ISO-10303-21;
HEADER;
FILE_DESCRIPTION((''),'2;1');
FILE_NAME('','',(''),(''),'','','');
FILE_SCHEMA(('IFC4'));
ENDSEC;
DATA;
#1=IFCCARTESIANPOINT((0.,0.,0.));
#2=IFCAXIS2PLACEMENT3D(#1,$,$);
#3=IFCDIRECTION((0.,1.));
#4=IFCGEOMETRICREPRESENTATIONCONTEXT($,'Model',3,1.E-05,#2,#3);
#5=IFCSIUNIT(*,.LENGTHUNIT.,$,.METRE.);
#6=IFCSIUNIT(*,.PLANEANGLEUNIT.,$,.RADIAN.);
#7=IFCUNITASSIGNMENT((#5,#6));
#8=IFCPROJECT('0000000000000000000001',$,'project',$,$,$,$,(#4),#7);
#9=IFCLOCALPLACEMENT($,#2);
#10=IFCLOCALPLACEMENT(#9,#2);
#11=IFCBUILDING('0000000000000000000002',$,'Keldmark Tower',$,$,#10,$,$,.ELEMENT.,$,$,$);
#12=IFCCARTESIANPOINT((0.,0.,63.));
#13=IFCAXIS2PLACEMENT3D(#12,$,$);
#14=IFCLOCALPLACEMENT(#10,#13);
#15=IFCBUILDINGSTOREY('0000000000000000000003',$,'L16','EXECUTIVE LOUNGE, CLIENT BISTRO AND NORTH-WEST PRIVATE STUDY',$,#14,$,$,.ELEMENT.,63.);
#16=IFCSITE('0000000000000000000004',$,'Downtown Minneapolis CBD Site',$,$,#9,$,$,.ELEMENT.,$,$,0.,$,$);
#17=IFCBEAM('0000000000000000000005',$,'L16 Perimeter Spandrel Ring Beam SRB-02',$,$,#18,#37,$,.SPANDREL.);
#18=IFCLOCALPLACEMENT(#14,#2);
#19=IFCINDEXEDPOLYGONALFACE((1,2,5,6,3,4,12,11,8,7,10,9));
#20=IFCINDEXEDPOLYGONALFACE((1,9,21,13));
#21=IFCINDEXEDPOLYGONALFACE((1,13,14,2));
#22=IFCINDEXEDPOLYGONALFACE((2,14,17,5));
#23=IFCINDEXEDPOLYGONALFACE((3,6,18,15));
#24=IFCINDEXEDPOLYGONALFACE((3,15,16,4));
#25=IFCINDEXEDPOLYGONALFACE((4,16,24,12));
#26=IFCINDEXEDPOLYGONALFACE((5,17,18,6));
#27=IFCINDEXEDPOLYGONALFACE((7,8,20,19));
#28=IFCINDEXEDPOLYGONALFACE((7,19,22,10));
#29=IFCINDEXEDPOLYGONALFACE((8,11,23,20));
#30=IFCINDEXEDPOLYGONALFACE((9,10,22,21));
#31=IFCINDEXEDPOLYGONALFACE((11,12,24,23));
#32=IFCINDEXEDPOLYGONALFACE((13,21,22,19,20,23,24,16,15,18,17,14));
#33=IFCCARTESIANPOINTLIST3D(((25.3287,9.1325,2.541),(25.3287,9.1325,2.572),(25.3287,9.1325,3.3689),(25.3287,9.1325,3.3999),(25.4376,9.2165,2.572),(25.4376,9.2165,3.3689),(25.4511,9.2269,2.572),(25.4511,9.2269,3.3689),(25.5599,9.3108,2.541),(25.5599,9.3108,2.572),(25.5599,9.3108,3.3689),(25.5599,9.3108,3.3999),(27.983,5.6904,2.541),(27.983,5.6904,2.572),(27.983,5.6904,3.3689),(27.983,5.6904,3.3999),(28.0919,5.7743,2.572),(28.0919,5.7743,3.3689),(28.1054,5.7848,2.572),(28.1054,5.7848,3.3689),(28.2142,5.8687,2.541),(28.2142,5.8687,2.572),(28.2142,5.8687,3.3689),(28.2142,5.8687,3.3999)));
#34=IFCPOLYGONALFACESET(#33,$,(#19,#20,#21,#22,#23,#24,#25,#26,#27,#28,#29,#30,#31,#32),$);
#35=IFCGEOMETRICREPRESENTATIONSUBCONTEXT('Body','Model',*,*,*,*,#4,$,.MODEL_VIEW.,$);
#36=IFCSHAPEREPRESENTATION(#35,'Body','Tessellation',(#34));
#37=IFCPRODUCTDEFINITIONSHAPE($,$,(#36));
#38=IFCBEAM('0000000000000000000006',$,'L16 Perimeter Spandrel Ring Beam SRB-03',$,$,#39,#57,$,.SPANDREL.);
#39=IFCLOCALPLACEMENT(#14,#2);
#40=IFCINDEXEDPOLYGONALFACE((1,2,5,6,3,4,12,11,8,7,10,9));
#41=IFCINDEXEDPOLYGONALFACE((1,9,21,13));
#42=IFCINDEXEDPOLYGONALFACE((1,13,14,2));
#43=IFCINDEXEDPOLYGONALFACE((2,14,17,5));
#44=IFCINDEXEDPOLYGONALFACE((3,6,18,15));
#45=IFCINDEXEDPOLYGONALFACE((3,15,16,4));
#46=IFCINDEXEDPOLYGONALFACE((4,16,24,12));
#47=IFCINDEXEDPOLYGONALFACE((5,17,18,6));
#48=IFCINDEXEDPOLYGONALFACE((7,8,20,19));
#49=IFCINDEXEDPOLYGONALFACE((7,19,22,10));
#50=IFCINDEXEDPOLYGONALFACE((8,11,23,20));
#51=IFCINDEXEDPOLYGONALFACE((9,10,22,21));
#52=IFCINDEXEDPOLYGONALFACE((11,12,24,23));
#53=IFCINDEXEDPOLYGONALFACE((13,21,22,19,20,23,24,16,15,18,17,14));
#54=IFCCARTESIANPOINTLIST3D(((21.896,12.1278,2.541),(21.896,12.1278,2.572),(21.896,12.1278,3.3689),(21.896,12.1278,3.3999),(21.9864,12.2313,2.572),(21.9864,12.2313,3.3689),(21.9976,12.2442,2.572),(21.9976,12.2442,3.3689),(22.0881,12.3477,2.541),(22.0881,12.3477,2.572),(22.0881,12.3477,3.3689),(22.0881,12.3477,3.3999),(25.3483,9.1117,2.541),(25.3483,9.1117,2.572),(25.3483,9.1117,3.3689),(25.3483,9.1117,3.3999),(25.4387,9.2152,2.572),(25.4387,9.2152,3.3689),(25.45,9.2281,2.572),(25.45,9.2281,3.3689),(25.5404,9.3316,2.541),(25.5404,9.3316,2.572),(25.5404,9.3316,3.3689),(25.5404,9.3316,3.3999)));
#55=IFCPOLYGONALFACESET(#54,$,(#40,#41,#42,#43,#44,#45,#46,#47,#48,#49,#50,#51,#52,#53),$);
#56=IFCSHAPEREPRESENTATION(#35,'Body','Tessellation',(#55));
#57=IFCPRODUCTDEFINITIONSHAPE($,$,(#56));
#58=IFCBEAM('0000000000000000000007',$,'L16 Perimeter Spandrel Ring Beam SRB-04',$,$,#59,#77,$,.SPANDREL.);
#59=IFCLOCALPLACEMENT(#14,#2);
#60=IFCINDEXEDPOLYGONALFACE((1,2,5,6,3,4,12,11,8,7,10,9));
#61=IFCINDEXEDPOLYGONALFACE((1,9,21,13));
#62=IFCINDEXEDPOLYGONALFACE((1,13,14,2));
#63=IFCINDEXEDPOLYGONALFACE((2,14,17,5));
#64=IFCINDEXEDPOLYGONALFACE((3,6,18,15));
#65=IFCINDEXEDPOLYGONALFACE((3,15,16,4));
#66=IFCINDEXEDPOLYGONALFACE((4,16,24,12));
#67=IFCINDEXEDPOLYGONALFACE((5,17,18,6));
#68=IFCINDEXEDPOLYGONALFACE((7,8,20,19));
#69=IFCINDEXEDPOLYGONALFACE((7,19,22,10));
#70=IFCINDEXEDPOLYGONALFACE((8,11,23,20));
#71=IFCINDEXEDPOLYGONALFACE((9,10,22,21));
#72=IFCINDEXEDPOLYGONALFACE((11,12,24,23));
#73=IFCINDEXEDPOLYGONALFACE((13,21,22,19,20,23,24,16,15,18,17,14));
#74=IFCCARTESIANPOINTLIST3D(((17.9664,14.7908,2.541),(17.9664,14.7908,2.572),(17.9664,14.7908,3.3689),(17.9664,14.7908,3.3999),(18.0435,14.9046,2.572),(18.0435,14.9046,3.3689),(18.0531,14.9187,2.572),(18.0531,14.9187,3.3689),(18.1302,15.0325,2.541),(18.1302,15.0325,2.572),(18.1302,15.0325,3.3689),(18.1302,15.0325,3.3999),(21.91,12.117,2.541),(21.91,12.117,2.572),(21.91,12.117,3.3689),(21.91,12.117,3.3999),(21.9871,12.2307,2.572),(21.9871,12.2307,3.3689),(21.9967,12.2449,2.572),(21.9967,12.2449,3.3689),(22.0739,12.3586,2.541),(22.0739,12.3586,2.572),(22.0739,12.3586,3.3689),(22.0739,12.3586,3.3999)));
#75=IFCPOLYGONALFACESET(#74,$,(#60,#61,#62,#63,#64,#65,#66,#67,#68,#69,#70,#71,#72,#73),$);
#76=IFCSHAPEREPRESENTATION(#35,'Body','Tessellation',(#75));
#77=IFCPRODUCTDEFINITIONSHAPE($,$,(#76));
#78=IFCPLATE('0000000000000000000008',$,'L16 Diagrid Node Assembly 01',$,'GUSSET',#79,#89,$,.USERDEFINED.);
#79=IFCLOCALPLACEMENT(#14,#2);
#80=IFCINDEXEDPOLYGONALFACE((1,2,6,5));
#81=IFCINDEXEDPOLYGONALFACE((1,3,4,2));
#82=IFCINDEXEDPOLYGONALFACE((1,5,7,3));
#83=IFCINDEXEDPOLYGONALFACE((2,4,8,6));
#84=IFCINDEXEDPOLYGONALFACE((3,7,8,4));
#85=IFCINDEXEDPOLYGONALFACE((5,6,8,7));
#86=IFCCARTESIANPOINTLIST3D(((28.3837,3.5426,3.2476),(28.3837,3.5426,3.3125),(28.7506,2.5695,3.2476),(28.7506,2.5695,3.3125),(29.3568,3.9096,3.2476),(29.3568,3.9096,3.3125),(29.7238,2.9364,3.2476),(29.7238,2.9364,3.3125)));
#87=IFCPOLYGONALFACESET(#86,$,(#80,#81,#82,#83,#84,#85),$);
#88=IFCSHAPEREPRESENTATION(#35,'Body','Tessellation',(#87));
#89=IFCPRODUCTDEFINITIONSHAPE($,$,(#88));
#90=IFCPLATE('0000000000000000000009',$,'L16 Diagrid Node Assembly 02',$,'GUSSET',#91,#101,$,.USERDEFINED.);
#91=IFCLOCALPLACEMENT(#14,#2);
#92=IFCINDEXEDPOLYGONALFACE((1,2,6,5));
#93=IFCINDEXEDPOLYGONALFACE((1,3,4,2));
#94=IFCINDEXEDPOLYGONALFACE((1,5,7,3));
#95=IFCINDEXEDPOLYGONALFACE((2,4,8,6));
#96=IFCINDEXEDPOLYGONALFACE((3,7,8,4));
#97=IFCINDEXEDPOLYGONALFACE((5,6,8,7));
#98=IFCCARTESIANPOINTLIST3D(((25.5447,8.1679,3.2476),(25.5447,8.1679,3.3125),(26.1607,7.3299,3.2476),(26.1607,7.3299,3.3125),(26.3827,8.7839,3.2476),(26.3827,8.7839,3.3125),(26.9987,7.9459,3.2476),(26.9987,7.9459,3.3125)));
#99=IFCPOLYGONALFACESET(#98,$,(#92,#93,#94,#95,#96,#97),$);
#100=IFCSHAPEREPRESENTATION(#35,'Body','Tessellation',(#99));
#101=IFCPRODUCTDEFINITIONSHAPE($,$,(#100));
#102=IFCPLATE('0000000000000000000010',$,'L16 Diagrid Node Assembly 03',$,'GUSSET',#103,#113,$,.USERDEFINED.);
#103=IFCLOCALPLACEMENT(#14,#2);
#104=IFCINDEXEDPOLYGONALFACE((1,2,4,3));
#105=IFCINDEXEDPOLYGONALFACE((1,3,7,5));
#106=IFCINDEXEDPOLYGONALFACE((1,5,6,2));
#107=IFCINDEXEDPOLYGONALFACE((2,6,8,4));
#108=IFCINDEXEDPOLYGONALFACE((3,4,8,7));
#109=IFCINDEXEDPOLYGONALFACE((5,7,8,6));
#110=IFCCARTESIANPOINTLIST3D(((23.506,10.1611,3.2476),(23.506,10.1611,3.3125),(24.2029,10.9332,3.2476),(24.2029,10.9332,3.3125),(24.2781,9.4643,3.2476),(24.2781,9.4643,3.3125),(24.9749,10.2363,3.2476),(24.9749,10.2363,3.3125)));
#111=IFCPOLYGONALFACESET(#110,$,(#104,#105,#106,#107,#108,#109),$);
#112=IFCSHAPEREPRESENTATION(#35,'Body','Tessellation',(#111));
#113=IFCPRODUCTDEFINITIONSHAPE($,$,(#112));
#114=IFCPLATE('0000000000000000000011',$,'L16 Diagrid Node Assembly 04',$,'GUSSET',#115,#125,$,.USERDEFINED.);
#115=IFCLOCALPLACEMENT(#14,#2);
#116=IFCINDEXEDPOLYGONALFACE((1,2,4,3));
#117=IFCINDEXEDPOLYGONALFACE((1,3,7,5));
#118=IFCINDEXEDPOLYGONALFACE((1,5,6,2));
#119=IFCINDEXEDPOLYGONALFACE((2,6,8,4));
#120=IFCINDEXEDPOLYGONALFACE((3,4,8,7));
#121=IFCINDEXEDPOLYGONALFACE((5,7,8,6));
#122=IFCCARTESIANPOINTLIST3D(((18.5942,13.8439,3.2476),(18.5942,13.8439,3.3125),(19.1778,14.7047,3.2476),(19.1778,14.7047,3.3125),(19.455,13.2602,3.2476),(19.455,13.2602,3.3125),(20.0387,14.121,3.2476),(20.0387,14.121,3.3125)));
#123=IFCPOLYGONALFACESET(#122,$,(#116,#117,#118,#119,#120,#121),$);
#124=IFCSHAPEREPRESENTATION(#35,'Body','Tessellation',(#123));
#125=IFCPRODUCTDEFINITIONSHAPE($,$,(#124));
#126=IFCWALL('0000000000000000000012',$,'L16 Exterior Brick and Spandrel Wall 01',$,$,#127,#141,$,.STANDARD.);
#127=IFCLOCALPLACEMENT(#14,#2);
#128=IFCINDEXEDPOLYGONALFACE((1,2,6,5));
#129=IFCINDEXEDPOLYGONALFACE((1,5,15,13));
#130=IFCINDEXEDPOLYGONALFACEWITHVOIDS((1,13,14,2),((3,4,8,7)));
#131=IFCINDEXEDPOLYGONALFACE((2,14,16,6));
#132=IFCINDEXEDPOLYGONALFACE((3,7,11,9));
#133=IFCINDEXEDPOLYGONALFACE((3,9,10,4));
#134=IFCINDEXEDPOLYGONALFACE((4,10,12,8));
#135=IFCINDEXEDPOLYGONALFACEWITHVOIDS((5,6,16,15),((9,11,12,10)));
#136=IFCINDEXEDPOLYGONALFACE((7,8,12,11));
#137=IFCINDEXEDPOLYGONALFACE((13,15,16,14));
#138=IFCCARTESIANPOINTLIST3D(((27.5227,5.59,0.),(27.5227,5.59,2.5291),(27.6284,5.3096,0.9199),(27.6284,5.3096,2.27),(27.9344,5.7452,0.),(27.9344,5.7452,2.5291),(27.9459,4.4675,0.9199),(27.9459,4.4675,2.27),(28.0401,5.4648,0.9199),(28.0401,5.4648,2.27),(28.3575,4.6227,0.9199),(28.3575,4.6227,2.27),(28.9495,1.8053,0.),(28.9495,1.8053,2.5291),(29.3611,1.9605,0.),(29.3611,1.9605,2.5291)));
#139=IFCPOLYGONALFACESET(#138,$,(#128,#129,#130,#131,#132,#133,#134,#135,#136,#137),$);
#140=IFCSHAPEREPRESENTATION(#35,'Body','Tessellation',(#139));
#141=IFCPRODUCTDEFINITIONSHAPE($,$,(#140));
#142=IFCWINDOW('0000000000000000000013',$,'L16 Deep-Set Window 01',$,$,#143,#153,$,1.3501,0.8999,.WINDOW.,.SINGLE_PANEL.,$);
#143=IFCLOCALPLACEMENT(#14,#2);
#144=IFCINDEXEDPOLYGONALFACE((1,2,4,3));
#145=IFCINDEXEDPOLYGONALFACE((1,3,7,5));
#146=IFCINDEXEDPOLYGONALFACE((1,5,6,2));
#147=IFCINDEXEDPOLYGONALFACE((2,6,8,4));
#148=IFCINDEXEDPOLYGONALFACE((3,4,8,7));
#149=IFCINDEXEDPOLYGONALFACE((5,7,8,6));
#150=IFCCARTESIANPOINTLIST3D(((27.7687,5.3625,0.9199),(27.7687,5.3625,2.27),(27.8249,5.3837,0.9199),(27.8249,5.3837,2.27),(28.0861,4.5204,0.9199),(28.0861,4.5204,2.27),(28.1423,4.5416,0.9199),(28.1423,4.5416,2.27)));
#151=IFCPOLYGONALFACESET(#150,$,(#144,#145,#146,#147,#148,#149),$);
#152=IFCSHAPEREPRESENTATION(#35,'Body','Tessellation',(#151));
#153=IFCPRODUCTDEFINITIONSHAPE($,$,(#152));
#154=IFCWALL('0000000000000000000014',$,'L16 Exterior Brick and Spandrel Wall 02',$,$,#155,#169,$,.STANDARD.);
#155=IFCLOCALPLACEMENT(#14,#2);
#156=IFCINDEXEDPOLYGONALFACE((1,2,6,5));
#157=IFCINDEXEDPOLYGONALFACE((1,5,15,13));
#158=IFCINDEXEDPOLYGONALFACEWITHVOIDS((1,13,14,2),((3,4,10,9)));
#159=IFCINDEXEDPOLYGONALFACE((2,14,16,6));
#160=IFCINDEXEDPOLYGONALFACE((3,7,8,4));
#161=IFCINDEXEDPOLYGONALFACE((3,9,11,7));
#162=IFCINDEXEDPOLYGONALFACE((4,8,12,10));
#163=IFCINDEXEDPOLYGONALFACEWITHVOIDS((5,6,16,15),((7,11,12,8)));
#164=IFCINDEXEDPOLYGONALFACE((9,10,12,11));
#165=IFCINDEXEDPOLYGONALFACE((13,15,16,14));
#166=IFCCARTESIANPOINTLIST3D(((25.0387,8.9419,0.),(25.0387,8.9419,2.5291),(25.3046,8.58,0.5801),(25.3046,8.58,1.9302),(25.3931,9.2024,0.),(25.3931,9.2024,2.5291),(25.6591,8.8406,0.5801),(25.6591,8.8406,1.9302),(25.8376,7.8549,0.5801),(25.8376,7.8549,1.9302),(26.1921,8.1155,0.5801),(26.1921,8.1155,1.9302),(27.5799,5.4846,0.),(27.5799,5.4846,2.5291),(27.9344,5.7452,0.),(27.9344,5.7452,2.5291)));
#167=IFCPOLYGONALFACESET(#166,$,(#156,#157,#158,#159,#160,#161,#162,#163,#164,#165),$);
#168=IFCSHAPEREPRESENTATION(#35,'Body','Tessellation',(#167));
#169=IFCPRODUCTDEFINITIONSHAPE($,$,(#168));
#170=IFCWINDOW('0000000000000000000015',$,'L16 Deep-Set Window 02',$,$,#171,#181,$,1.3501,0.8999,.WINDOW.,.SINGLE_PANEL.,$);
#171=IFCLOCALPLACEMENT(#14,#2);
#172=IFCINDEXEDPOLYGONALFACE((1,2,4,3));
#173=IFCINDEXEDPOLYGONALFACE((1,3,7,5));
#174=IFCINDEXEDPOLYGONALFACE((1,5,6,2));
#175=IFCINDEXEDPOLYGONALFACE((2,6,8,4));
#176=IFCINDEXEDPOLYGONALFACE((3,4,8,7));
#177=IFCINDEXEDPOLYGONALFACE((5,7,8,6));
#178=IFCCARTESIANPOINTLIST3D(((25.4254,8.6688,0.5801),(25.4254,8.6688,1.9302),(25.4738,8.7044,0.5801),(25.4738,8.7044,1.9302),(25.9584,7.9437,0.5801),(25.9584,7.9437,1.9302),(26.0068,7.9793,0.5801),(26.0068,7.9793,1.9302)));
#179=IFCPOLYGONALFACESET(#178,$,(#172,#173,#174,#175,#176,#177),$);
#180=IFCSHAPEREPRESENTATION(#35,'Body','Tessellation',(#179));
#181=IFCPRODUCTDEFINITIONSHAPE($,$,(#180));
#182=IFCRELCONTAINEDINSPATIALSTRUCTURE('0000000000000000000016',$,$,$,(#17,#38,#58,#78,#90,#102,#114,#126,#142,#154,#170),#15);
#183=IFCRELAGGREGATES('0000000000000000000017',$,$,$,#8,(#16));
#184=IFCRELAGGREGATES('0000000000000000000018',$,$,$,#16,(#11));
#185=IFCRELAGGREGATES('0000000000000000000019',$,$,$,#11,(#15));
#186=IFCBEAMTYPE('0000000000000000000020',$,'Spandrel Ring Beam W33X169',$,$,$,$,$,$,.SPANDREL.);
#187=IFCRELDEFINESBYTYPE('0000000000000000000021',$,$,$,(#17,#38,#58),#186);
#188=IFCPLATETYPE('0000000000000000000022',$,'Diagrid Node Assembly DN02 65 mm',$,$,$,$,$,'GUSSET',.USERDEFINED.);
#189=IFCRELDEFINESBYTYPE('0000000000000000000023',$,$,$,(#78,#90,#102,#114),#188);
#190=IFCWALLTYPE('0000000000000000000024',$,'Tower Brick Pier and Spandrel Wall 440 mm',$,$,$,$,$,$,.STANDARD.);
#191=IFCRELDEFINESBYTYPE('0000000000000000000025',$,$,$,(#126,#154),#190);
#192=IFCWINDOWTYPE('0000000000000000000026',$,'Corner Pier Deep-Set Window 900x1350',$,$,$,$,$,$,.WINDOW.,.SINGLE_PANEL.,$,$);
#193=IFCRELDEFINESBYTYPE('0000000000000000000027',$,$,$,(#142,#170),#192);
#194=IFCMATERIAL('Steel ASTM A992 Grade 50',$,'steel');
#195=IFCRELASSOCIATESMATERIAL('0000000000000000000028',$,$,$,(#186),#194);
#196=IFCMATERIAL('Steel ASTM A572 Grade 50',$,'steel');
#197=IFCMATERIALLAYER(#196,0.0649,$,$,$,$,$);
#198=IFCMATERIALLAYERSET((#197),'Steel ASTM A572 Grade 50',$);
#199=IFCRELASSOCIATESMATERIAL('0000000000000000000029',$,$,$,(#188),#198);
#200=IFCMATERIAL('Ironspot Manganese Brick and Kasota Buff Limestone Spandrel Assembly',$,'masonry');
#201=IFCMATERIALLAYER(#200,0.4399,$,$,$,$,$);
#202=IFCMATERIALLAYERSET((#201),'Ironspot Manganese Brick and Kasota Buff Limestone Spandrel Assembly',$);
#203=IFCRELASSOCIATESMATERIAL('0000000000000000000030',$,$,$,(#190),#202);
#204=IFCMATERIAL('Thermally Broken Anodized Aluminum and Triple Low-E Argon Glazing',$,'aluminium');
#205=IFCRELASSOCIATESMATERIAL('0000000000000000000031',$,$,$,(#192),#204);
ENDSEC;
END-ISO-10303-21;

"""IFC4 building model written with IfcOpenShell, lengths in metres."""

from ifc_helpers import new_model, si_unit, direction, frame, frame_2d, origin, origin_2d, place, context, subcontext, project, spatial, rectangle, i_section, extrude, material, layer, layer_set, material_profile, profile_set, type_object, element, fill, save


model = new_model("IFC4")

# Units and contexts
model_context = context("Model", 3, precision=1e-05, world=origin(), true_north=direction((0.0, 1.0)))
body_context = subcontext(model_context, "Body", "Model", "MODEL_VIEW")
ifc_project = project(units=[si_unit("LENGTHUNIT", "METRE"), si_unit("PLANEANGLEUNIT", "RADIAN")], contexts=[model_context])

# Site, building, storey
site_placement = place(None, origin())
site = spatial("IfcSite", under=ifc_project, at=site_placement, Name="Downtown Minneapolis CBD Site", CompositionType="ELEMENT", RefElevation=0.0)
building_placement = place(site_placement, origin())
building = spatial("IfcBuilding", under=site, at=building_placement, Name="Keldmark Tower", CompositionType="ELEMENT")
storey_placement = place(building_placement, frame((0.0, 0.0, 63.0)))
storey = spatial("IfcBuildingStorey", under=building, at=storey_placement, Name="L16", Description="EXECUTIVE LOUNGE, CLIENT BISTRO AND NORTH-WEST PRIVATE STUDY", CompositionType="ELEMENT", Elevation=63.0)

# Beams
ifc_material_1 = material(Name="Steel ASTM A992 Grade 50", Category="steel")
ifc_material_profile_1 = material_profile(ifc_material_1, i_section(OverallWidth=0.292, OverallDepth=0.8589, WebThickness=0.0171, FlangeThickness=0.031, at=origin_2d()), Name="W33X169")
ifc_profile_set_1 = profile_set([ifc_material_profile_1], Name="Steel ASTM A992 Grade 50")
beam_type_1 = type_object("IfcBeamType", Name="Spandrel Ring Beam W33X169", PredefinedType="SPANDREL", material=ifc_profile_set_1)
beam_1_placement = place(storey_placement, frame((28.0986, 5.7795, 2.9705), z_axis=(-0.61065, 0.791901, 0.0), x_axis=(-0.791901, -0.61065, 0.0)))
element("IfcBeam", 1, at=beam_1_placement, inside=storey, type_object=beam_type_1, Name="L16 Perimeter Spandrel Ring Beam SRB-02", PredefinedType="SPANDREL", context=body_context, shape_type="SweptSolid", body=[
    extrude(i_section(OverallWidth=0.292, OverallDepth=0.8589, WebThickness=0.0171, FlangeThickness=0.031, at=origin_2d()), origin(), (0.0, 0.0, 1.0), 4.3467),
])
beam_2_placement = place(storey_placement, frame((25.4443, 9.2217, 2.9705), z_axis=(-0.753088, 0.65792, 0.0), x_axis=(-0.65792, -0.753088, 0.0)))
element("IfcBeam", 2, at=beam_2_placement, inside=storey, type_object=beam_type_1, Name="L16 Perimeter Spandrel Ring Beam SRB-03", PredefinedType="SPANDREL", context=body_context, shape_type="SweptSolid", body=[
    extrude(i_section(OverallWidth=0.292, OverallDepth=0.8589, WebThickness=0.0171, FlangeThickness=0.031, at=origin_2d()), origin(), (0.0, 0.0, 1.0), 4.5842),
])
beam_3_placement = place(storey_placement, frame((21.9919, 12.2378, 2.9705), z_axis=(-0.827689, 0.561187, 0.0), x_axis=(-0.561187, -0.827689, 0.0)))
element("IfcBeam", 3, at=beam_3_placement, inside=storey, type_object=beam_type_1, Name="L16 Perimeter Spandrel Ring Beam SRB-04", PredefinedType="SPANDREL", context=body_context, shape_type="SweptSolid", body=[
    extrude(i_section(OverallWidth=0.292, OverallDepth=0.8589, WebThickness=0.0171, FlangeThickness=0.031, at=origin_2d()), origin(), (0.0, 0.0, 1.0), 4.7646),
])

# Plates
ifc_material_2 = material(Name="Steel ASTM A572 Grade 50", Category="steel")
ifc_layer_1 = layer(ifc_material_2, 0.0649)
ifc_layer_set_1 = layer_set([ifc_layer_1], Name="Steel ASTM A572 Grade 50")
plate_type = type_object("IfcPlateType", Name="Diagrid Node Assembly DN02 65 mm", ElementType="GUSSET", PredefinedType="USERDEFINED", material=ifc_layer_set_1)
for number, where, z_axis, x_axis, name in (
    (4, (29.0537, 3.2395, 3.2476), (0.0, 0.0, 1.0), (-0.352822, 0.935691, 0.0), "L16 Diagrid Node Assembly 01"),
    (5, (26.2717, 8.0569, 3.2476), (0.0, 0.0, 1.0), (-0.592294, 0.805722, 0.0), "L16 Diagrid Node Assembly 02"),
    (6, (24.2405, 10.1987, 3.2476), (0.0, 0.0, 1.0), (-0.742327, 0.670038, 0.0), "L16 Diagrid Node Assembly 03"),
    (7, (19.3164, 13.9824, 3.2476), (0.0, 0.0, 1.0), (-0.827669, 0.561217, 0.0), "L16 Diagrid Node Assembly 04"),
):
    element("IfcPlate", number, at=place(storey_placement, frame(where, z_axis=z_axis, x_axis=x_axis)), inside=storey, type_object=plate_type, Name=name, ObjectType="GUSSET", PredefinedType="USERDEFINED", context=body_context, shape_type="SweptSolid", body=[
        extrude(rectangle(XDim=1.04, YDim=1.04, at=origin_2d()), origin(), (0.0, 0.0, 1.0), 0.0649),
    ])

# Walls, openings, windows
ifc_material_3 = material(Name="Ironspot Manganese Brick and Kasota Buff Limestone Spandrel Assembly", Category="masonry")
ifc_layer_2 = layer(ifc_material_3, 0.4399)
ifc_layer_set_2 = layer_set([ifc_layer_2], Name="Ironspot Manganese Brick and Kasota Buff Limestone Spandrel Assembly")
wall_type = type_object("IfcWallType", Name="Tower Brick Pier and Spandrel Wall 440 mm", PredefinedType="STANDARD", material=ifc_layer_set_2)
wall_1_placement = place(storey_placement, frame((27.7285, 5.6677, 0.0), z_axis=(0.0, 0.0, 1.0), x_axis=(0.35275, -0.935718, 0.0)))
wall_1 = element("IfcWall", 8, at=wall_1_placement, inside=storey, type_object=wall_type, Name="L16 Exterior Brick and Spandrel Wall 01", PredefinedType="STANDARD", context=body_context, shape_type="SweptSolid", body=[
    extrude(rectangle(XDim=4.0447, YDim=0.4399, at=frame_2d((2.0225, 0.0))), origin(), (0.0, 0.0, 1.0), 2.5291),
])
opening_1_placement = place(wall_1_placement, frame((0.2998, 0.0, 0.9199)))
opening_1 = element("IfcOpeningElement", 9, at=opening_1_placement, cuts=wall_1, PredefinedType="OPENING", context=body_context, shape_type="SweptSolid", body=[
    extrude(rectangle(XDim=0.8999, YDim=1.3501, at=frame_2d((0.45, 0.675))), frame((0.0, 0.23, 0.0), z_axis=(0.0, -1.0, 0.0), x_axis=(1.0, 0.0, 0.0)), (0.0, 0.0, 1.0), 0.46),
])
ifc_material_4 = material(Name="Thermally Broken Anodized Aluminum and Triple Low-E Argon Glazing", Category="aluminium")
window_type = type_object("IfcWindowType", Name="Corner Pier Deep-Set Window 900x1350", PartitioningType="SINGLE_PANEL", PredefinedType="WINDOW", material=ifc_material_4)
window_1_placement = place(opening_1_placement, origin())
window_1 = element("IfcWindow", 10, at=window_1_placement, inside=storey, type_object=window_type, Name="L16 Deep-Set Window 01", OverallHeight=1.3501, OverallWidth=0.8999, PartitioningType="SINGLE_PANEL", PredefinedType="WINDOW", context=body_context, shape_type="SweptSolid", body=[
    extrude(rectangle(XDim=0.8999, YDim=1.3501, at=frame_2d((0.45, 0.675))), frame((0.0, -0.01, 0.0), z_axis=(0.0, -1.0, 0.0), x_axis=(1.0, 0.0, 0.0)), (0.0, 0.0, 1.0), 0.0601),
])
fill(opening_1, window_1)
wall_2_placement = place(storey_placement, frame((25.2158, 9.0723, 0.0), z_axis=(0.0, 0.0, 1.0), x_axis=(0.592261, -0.805746, 0.0)))
wall_2 = element("IfcWall", 11, at=wall_2_placement, inside=storey, type_object=wall_type, Name="L16 Exterior Brick and Spandrel Wall 02", PredefinedType="STANDARD", context=body_context, shape_type="SweptSolid", body=[
    extrude(rectangle(XDim=4.2908, YDim=0.4399, at=frame_2d((2.1455, 0.0))), origin(), (0.0, 0.0, 1.0), 2.5291),
])
opening_2_placement = place(wall_2_placement, frame((0.4492, 0.0, 0.5801)))
opening_2 = element("IfcOpeningElement", 12, at=opening_2_placement, cuts=wall_2, PredefinedType="OPENING", context=body_context, shape_type="SweptSolid", body=[
    extrude(rectangle(XDim=0.8999, YDim=1.3501, at=frame_2d((0.45, 0.675))), frame((0.0, 0.23, 0.0), z_axis=(0.0, -1.0, 0.0), x_axis=(1.0, 0.0, 0.0)), (0.0, 0.0, 1.0), 0.46),
])
window_2_placement = place(opening_2_placement, origin())
window_2 = element("IfcWindow", 13, at=window_2_placement, inside=storey, type_object=window_type, Name="L16 Deep-Set Window 02", OverallHeight=1.3501, OverallWidth=0.8999, PartitioningType="SINGLE_PANEL", PredefinedType="WINDOW", context=body_context, shape_type="SweptSolid", body=[
    extrude(rectangle(XDim=0.8999, YDim=1.3501, at=frame_2d((0.45, 0.675))), frame((0.0, -0.01, 0.0), z_axis=(0.0, -1.0, 0.0), x_axis=(1.0, 0.0, 0.0)), (0.0, 0.0, 1.0), 0.0601),
])
fill(opening_2, window_2)

save(model, "model.ifc")
